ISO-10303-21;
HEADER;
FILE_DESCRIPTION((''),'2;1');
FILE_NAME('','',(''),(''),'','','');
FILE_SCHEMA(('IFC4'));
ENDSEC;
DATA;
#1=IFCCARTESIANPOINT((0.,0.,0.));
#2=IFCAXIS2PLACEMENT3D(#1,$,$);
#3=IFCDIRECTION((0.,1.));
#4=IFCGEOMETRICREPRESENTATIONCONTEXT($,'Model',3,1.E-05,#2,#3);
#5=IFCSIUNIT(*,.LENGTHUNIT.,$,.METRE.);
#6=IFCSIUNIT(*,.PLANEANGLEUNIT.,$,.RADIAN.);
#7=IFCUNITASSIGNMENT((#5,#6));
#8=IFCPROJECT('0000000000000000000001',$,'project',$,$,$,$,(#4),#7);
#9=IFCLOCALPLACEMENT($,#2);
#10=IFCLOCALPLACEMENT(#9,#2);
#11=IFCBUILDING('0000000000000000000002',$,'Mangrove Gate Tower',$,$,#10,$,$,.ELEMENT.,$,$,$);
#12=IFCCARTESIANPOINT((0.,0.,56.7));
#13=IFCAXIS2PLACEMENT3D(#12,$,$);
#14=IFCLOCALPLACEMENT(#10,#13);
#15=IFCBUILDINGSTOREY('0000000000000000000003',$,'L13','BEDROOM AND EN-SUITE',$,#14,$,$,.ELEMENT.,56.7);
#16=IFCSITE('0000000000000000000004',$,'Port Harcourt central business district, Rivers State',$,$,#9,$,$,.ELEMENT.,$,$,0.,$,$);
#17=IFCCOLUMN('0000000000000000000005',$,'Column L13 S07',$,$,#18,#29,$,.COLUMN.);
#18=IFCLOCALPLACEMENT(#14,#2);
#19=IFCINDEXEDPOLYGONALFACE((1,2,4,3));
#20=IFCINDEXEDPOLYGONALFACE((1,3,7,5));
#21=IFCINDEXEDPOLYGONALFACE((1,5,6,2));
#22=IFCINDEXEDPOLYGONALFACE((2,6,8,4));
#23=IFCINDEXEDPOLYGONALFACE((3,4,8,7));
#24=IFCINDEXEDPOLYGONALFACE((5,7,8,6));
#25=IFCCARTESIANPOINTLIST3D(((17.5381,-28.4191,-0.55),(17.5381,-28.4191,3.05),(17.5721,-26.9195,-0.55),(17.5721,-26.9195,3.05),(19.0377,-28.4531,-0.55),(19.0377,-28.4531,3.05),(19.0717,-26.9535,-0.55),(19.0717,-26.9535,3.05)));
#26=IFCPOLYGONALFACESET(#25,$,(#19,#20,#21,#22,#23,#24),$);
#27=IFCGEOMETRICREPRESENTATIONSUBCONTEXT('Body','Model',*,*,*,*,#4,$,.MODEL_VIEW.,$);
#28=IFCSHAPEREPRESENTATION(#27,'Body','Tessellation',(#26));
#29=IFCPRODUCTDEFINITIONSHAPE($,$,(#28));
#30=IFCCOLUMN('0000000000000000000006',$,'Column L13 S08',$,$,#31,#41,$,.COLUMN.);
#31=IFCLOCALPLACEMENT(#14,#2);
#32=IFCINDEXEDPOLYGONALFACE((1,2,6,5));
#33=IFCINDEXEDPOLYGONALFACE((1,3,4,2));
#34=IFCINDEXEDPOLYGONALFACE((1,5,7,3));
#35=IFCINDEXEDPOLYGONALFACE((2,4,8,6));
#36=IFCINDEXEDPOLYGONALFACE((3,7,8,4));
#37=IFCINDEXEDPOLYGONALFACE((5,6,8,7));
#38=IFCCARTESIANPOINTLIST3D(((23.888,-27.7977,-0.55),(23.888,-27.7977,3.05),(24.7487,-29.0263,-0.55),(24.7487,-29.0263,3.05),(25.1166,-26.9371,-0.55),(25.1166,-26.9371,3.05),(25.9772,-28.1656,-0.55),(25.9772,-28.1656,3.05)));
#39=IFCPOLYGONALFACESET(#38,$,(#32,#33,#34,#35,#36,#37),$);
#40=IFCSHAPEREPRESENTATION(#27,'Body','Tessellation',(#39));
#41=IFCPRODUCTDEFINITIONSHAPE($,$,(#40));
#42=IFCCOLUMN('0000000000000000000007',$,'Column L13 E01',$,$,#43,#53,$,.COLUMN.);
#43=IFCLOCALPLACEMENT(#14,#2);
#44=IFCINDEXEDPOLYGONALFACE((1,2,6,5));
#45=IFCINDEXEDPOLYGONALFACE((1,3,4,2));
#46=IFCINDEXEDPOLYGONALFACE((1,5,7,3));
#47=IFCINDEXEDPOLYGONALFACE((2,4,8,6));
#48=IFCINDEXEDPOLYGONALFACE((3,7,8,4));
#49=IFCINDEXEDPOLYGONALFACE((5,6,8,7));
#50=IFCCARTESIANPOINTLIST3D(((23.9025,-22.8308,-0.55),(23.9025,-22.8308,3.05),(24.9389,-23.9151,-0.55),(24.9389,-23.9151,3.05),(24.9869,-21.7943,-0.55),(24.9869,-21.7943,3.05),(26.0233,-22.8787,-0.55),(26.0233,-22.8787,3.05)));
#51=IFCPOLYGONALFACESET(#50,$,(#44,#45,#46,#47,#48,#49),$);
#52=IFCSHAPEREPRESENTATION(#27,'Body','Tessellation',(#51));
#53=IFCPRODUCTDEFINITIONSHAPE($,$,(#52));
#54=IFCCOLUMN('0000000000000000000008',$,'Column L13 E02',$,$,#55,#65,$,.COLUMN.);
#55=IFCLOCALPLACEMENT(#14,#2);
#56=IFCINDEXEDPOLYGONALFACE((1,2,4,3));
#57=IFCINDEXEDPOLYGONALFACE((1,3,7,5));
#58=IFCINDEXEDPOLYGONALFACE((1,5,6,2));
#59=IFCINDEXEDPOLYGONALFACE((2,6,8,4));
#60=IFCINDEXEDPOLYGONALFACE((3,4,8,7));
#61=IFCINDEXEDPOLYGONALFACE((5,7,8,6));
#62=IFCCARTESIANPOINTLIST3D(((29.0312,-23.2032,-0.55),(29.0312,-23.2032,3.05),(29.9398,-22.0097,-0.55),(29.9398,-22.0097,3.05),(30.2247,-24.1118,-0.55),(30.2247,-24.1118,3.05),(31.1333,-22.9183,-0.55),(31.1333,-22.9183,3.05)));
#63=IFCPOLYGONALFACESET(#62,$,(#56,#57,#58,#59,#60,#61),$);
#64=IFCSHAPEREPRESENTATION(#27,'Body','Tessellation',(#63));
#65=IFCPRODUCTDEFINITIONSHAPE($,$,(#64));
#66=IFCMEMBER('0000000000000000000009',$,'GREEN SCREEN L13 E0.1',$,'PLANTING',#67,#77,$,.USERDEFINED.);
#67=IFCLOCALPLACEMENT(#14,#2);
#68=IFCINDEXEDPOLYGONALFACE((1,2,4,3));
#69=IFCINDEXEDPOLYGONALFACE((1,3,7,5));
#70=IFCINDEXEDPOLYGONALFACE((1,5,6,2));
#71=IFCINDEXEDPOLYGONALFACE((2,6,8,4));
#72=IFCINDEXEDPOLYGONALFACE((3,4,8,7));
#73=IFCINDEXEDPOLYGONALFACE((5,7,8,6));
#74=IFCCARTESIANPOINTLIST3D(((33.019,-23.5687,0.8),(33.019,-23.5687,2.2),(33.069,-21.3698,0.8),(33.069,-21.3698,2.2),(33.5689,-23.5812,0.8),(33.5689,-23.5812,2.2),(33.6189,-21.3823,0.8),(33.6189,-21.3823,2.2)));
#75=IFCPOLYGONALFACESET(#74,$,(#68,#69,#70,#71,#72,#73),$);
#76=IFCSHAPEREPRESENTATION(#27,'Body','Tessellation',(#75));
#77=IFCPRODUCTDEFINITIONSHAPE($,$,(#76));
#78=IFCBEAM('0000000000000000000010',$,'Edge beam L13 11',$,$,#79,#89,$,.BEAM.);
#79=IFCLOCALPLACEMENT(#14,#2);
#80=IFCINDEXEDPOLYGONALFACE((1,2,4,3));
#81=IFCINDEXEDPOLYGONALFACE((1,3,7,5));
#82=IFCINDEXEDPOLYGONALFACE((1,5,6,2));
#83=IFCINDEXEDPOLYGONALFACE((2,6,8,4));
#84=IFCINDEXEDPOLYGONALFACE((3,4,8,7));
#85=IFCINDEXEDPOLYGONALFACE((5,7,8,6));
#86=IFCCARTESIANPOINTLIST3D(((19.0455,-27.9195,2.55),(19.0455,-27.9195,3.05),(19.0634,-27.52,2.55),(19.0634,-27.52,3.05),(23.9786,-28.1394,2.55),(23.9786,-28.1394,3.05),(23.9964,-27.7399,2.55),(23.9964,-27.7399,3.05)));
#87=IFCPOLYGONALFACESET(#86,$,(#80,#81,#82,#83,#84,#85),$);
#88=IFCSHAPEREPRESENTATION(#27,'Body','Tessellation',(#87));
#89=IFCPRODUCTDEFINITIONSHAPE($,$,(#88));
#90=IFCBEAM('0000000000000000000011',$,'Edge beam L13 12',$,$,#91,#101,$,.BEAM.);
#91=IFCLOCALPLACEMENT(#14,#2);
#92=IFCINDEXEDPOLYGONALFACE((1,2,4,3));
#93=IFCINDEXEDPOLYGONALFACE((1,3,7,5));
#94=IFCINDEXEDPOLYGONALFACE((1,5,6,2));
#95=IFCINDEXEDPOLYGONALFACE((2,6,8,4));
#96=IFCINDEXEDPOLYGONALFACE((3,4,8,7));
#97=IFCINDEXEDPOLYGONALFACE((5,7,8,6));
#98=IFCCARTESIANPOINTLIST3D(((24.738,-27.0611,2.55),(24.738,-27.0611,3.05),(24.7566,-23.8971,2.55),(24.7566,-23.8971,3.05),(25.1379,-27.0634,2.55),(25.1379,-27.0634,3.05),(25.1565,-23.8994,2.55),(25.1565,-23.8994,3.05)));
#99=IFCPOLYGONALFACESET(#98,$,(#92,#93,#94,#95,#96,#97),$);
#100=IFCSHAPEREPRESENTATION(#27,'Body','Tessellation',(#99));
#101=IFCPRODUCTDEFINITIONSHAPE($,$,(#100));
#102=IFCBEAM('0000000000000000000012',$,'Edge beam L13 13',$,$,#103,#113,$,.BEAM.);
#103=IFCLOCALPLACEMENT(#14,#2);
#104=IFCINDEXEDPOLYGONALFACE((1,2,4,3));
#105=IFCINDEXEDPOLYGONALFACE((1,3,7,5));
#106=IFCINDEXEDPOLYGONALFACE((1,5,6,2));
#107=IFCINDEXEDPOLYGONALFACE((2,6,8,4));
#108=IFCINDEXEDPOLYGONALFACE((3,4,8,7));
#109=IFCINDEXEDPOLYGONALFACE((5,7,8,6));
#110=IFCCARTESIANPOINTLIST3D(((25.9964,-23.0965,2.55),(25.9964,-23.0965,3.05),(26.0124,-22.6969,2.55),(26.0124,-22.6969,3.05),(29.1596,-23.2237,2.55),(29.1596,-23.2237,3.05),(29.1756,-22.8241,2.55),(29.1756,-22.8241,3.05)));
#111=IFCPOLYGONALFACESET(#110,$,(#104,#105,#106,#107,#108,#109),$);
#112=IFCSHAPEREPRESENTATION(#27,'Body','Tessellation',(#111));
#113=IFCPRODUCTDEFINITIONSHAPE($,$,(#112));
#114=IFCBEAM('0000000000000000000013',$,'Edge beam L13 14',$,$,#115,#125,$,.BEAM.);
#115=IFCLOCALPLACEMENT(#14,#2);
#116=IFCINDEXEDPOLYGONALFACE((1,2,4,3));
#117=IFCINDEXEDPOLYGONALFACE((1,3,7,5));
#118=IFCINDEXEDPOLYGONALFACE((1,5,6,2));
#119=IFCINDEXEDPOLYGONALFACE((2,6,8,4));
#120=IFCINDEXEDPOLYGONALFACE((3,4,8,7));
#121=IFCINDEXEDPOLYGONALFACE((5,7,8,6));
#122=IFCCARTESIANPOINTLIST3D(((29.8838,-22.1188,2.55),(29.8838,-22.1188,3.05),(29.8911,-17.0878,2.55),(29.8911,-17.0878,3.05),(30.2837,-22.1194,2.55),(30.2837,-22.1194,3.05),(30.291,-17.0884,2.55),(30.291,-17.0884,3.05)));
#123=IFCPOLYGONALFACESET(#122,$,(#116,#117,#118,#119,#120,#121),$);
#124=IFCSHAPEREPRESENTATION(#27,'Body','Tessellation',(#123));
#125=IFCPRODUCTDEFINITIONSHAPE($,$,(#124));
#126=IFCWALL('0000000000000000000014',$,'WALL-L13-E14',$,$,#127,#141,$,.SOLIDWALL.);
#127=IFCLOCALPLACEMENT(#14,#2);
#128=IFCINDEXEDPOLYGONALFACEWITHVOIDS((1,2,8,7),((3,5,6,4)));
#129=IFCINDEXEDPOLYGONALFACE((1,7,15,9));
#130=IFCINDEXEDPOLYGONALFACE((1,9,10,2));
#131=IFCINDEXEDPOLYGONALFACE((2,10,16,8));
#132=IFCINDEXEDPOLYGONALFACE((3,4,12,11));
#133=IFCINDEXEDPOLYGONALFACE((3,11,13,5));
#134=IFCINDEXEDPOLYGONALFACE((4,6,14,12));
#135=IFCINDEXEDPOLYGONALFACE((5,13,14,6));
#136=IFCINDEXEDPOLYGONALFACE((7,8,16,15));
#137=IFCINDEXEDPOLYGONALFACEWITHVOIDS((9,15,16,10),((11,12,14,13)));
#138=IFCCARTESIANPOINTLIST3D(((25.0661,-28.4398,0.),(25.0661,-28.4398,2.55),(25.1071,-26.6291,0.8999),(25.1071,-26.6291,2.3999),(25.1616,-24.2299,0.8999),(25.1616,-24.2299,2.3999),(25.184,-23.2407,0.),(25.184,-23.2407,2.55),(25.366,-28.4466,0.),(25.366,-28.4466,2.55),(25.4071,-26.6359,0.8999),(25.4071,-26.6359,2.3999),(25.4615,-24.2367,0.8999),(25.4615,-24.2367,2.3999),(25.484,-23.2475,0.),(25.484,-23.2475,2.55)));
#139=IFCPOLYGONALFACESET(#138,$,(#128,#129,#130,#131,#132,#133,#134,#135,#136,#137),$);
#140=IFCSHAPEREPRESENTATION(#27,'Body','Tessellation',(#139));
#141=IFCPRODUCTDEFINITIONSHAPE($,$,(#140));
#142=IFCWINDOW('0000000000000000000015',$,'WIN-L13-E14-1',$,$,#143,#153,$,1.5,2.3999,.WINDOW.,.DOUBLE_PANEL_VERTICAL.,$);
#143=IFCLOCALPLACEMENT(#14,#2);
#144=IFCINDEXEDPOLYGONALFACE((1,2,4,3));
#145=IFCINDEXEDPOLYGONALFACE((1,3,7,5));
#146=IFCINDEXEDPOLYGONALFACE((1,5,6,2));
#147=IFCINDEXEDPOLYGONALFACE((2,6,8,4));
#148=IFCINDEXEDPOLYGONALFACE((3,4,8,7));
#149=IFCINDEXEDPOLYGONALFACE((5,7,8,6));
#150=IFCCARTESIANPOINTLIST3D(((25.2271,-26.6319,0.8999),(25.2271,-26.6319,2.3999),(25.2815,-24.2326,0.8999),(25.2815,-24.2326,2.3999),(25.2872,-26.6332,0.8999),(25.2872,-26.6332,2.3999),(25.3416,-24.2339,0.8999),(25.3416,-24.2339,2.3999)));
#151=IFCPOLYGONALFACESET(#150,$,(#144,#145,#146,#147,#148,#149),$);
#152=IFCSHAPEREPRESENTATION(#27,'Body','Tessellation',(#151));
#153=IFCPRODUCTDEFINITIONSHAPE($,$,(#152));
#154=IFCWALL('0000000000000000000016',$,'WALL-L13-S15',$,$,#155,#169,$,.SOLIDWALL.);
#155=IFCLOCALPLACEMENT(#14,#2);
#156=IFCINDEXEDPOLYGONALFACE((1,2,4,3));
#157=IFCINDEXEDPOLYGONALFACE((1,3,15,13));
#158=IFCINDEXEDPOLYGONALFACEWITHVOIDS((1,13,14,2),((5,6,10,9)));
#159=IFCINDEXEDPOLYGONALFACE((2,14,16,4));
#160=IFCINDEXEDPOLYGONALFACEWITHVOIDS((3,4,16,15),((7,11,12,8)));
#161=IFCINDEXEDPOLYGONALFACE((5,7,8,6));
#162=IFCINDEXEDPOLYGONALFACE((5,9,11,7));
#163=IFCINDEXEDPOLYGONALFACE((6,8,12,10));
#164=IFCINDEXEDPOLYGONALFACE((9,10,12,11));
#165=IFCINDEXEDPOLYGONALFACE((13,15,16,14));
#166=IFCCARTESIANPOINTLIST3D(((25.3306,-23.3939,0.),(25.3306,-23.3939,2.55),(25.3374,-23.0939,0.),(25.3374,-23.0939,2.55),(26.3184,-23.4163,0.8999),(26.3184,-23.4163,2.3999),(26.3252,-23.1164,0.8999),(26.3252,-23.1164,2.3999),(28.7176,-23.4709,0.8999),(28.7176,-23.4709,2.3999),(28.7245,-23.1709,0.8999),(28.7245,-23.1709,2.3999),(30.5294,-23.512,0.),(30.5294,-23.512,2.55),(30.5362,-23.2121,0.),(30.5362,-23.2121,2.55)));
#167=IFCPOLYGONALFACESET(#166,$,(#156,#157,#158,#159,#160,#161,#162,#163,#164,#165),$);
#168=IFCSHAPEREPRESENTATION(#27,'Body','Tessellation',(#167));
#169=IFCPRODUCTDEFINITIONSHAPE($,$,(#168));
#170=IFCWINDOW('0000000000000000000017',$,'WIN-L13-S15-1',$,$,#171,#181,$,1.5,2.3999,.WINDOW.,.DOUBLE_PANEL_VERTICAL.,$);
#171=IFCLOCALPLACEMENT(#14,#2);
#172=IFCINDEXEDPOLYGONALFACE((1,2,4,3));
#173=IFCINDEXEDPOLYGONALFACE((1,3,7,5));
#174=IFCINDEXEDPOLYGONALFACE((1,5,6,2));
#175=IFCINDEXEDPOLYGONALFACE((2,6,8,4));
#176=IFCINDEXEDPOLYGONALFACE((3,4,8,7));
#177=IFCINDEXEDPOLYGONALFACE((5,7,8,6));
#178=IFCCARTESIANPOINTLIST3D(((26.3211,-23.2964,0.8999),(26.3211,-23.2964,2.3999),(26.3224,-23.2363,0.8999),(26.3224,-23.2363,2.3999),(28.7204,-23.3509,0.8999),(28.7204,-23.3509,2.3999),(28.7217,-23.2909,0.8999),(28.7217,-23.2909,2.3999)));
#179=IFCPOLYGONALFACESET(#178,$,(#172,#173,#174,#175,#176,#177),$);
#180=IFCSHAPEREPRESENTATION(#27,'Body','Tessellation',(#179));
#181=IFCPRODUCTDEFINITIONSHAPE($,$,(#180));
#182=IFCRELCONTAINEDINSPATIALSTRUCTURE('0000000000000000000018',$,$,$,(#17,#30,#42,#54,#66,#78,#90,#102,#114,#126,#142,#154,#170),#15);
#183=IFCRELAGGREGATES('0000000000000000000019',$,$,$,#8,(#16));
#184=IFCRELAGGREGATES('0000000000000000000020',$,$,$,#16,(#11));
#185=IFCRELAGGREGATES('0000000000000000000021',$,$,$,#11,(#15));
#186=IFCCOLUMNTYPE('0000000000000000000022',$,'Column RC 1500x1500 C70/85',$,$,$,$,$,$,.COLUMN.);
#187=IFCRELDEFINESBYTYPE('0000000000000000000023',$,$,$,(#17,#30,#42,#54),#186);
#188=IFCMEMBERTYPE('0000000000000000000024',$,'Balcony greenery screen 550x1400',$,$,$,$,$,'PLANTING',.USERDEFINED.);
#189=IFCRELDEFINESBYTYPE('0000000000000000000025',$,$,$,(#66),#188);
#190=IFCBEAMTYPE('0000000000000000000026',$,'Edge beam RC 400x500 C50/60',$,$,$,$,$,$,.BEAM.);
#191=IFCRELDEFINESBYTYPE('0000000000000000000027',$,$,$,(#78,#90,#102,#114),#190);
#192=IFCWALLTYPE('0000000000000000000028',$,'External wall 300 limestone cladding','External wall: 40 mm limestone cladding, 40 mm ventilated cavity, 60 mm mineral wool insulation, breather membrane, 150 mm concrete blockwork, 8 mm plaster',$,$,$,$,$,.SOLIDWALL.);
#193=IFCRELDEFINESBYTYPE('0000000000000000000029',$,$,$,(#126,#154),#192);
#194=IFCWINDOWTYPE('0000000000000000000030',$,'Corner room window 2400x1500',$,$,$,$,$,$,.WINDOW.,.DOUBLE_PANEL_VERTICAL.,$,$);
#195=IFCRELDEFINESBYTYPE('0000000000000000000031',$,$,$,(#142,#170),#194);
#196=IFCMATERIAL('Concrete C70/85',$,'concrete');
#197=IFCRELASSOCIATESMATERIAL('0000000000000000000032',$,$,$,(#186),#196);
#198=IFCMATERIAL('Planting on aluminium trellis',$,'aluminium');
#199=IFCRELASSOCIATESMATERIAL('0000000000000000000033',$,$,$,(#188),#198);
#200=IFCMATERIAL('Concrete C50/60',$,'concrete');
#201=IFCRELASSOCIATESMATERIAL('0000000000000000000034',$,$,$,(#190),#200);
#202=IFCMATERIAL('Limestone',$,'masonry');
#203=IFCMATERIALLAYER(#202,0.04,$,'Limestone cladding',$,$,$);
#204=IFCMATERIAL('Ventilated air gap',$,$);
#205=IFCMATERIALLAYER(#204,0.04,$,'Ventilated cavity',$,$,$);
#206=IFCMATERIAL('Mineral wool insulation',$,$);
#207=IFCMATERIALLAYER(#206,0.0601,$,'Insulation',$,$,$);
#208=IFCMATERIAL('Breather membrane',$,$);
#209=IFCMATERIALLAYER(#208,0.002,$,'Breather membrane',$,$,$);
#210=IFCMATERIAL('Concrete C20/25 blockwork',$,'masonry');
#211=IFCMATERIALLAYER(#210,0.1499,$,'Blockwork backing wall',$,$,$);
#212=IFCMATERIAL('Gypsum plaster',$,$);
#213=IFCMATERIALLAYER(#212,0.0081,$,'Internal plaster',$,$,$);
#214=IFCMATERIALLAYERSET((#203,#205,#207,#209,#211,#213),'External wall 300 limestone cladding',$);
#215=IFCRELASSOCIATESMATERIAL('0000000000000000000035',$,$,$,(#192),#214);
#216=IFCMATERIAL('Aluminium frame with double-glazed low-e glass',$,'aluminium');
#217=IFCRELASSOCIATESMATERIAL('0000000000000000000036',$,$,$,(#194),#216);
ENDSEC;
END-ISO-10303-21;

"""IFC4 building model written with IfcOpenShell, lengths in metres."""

from ifc_helpers import new_model, si_unit, direction, frame, frame_2d, origin, origin_2d, place, context, subcontext, project, spatial, rectangle, extrude, material, layer, layer_set, material_profile, profile_set, type_object, element, fill, save


model = new_model("IFC4")

# Units and contexts
model_context = context("Model", 3, precision=1e-05, world=origin(), true_north=direction((0.0, 1.0)))
body_context = subcontext(model_context, "Body", "Model", "MODEL_VIEW")
ifc_project = project(units=[si_unit("LENGTHUNIT", "METRE"), si_unit("PLANEANGLEUNIT", "RADIAN")], contexts=[model_context])

# Site, building, storey
site_placement = place(None, origin())
site = spatial("IfcSite", under=ifc_project, at=site_placement, Name="Port Harcourt central business district, Rivers State", CompositionType="ELEMENT", RefElevation=0.0)
building_placement = place(site_placement, origin())
building = spatial("IfcBuilding", under=site, at=building_placement, Name="Mangrove Gate Tower", CompositionType="ELEMENT")
storey_placement = place(building_placement, frame((0.0, 0.0, 56.7)))
storey = spatial("IfcBuildingStorey", under=building, at=storey_placement, Name="L13", Description="BEDROOM AND EN-SUITE", CompositionType="ELEMENT", Elevation=56.7)

# Columns
ifc_material_1 = material(Name="Concrete C70/85", Category="concrete")
ifc_material_profile_1 = material_profile(ifc_material_1, rectangle(XDim=1.5, YDim=1.5, at=origin_2d()))
ifc_profile_set_1 = profile_set([ifc_material_profile_1], Name="Concrete C70/85")
column_type = type_object("IfcColumnType", Name="Column RC 1500x1500 C70/85", PredefinedType="COLUMN", material=ifc_profile_set_1)
for number, where, z_axis, x_axis, name in (
    (1, (18.3049, -27.6863, -0.55), (0.0, 0.0, 1.0), (0.999743, -0.02268, 0.0), "Column L13 S07"),
    (2, (24.9326, -27.9817, -0.55), (0.0, 0.0, 1.0), (0.819023, 0.57376, 0.0), "Column L13 S08"),
    (3, (24.9629, -22.8547, -0.55), (0.0, 0.0, 1.0), (0.722905, 0.690948, 0.0), "Column L13 E01"),
    (4, (30.0823, -23.0608, -0.55), (0.0, 0.0, 1.0), (0.605733, 0.795668, 0.0), "Column L13 E02"),
):
    element("IfcColumn", number, at=place(storey_placement, frame(where, z_axis=z_axis, x_axis=x_axis)), inside=storey, type_object=column_type, Name=name, PredefinedType="COLUMN", context=body_context, shape_type="SweptSolid", body=[
        extrude(rectangle(XDim=1.5, YDim=1.5, at=origin_2d()), origin(), (0.0, 0.0, 1.0), 3.6001),
    ])

# Member
ifc_material_2 = material(Name="Planting on aluminium trellis", Category="aluminium")
ifc_material_profile_2 = material_profile(ifc_material_2, rectangle(XDim=0.55, YDim=1.3999, at=origin_2d()))
ifc_profile_set_2 = profile_set([ifc_material_profile_2], Name="Planting on aluminium trellis")
member_type = type_object("IfcMemberType", Name="Balcony greenery screen 550x1400", ElementType="PLANTING", PredefinedType="USERDEFINED", material=ifc_profile_set_2)
member_placement = place(storey_placement, frame((33.2939, -23.575, 1.5), z_axis=(0.022754, 0.999741, 0.0), x_axis=(-0.999741, 0.022754, 0.0)))
element("IfcMember", 5, at=member_placement, inside=storey, type_object=member_type, Name="GREEN SCREEN L13 E0.1", ObjectType="PLANTING", PredefinedType="USERDEFINED", context=body_context, shape_type="SweptSolid", body=[
    extrude(rectangle(XDim=0.55, YDim=1.3999, at=origin_2d()), origin(), (0.0, 0.0, 1.0), 2.1995),
])

# Beams
ifc_material_3 = material(Name="Concrete C50/60", Category="concrete")
ifc_material_profile_3 = material_profile(ifc_material_3, rectangle(XDim=0.3999, YDim=0.5, at=origin_2d()))
ifc_profile_set_3 = profile_set([ifc_material_profile_3], Name="Concrete C50/60")
beam_type = type_object("IfcBeamType", Name="Edge beam RC 400x500 C50/60", PredefinedType="BEAM", material=ifc_profile_set_3)
beam_1_placement = place(storey_placement, frame((19.0544, -27.7197, 2.8), z_axis=(0.999007, -0.044546, 0.0), x_axis=(0.044546, 0.999007, 0.0)))
element("IfcBeam", 6, at=beam_1_placement, inside=storey, type_object=beam_type, Name="Edge beam L13 11", PredefinedType="BEAM", context=body_context, shape_type="SweptSolid", body=[
    extrude(rectangle(XDim=0.3999, YDim=0.5, at=origin_2d()), origin(), (0.0, 0.0, 1.0), 4.938),
])
beam_2_placement = place(storey_placement, frame((24.938, -27.0623, 2.8), z_axis=(0.005864, 0.999983, 0.0), x_axis=(-0.999983, 0.005864, 0.0)))
element("IfcBeam", 7, at=beam_2_placement, inside=storey, type_object=beam_type, Name="Edge beam L13 12", PredefinedType="BEAM", context=body_context, shape_type="SweptSolid", body=[
    extrude(rectangle(XDim=0.3999, YDim=0.5, at=origin_2d()), origin(), (0.0, 0.0, 1.0), 3.1641),
])
beam_3_placement = place(storey_placement, frame((26.0044, -22.8967, 2.8), z_axis=(0.999193, -0.040177, 0.0), x_axis=(0.040177, 0.999193, 0.0)))
element("IfcBeam", 8, at=beam_3_placement, inside=storey, type_object=beam_type, Name="Edge beam L13 13", PredefinedType="BEAM", context=body_context, shape_type="SweptSolid", body=[
    extrude(rectangle(XDim=0.3999, YDim=0.5, at=origin_2d()), origin(), (0.0, 0.0, 1.0), 3.1658),
])
beam_4_placement = place(storey_placement, frame((30.0837, -22.1191, 2.8), z_axis=(0.001456, 0.999999, 0.0), x_axis=(-0.999999, 0.001456, 0.0)))
element("IfcBeam", 9, at=beam_4_placement, inside=storey, type_object=beam_type, Name="Edge beam L13 14", PredefinedType="BEAM", context=body_context, shape_type="SweptSolid", body=[
    extrude(rectangle(XDim=0.3999, YDim=0.5, at=origin_2d()), origin(), (0.0, 0.0, 1.0), 5.031),
])

# Shared definitions
ifc_material_4 = material(Name="Limestone", Category="masonry")
ifc_layer_1 = layer(ifc_material_4, 0.04, Name="Limestone cladding")
ifc_material_5 = material(Name="Ventilated air gap")
ifc_layer_2 = layer(ifc_material_5, 0.04, Name="Ventilated cavity")
ifc_material_6 = material(Name="Mineral wool insulation")
ifc_layer_3 = layer(ifc_material_6, 0.0601, Name="Insulation")
ifc_material_7 = material(Name="Breather membrane")
ifc_layer_4 = layer(ifc_material_7, 0.002, Name="Breather membrane")
ifc_material_8 = material(Name="Concrete C20/25 blockwork", Category="masonry")
ifc_layer_5 = layer(ifc_material_8, 0.1499, Name="Blockwork backing wall")
ifc_material_9 = material(Name="Gypsum plaster")
ifc_layer_6 = layer(ifc_material_9, 0.0081, Name="Internal plaster")
ifc_layer_set_1 = layer_set([ifc_layer_1, ifc_layer_2, ifc_layer_3, ifc_layer_4, ifc_layer_5, ifc_layer_6], Name="External wall 300 limestone cladding")
wall_type_1 = type_object("IfcWallType", Name="External wall 300 limestone cladding", Description="External wall: 40 mm limestone cladding, 40 mm ventilated cavity, 60 mm mineral wool insulation, breather membrane, 150 mm concrete blockwork, 8 mm plaster", PredefinedType="SOLIDWALL", material=ifc_layer_set_1)
ifc_material_10 = material(Name="Aluminium frame with double-glazed low-e glass", Category="aluminium")
window_type = type_object("IfcWindowType", Name="Corner room window 2400x1500", PartitioningType="DOUBLE_PANEL_VERTICAL", PredefinedType="WINDOW", material=ifc_material_10)

# Walls, openings, windows
wall_1_placement = place(storey_placement, frame((25.2161, -28.4431, 0.0), z_axis=(0.0, 0.0, 1.0), x_axis=(0.022674, 0.999743, 0.0)))
wall_1 = element("IfcWall", 10, at=wall_1_placement, inside=storey, type_object=wall_type_1, Name="WALL-L13-E14", PredefinedType="SOLIDWALL", context=body_context, shape_type="SweptSolid", body=[
    extrude(rectangle(XDim=5.2004, YDim=0.3, at=frame_2d((2.6001, 0.0))), origin(), (0.0, 0.0, 1.0), 2.55),
])
opening_1_placement = place(wall_1_placement, frame((1.811, 0.0, 0.8999)))
opening_1 = element("IfcOpeningElement", 11, at=opening_1_placement, cuts=wall_1, PredefinedType="OPENING", context=body_context, shape_type="SweptSolid", body=[
    extrude(rectangle(XDim=2.3999, YDim=1.5, at=frame_2d((1.2, 0.75))), frame((0.0, 0.1599, 0.0), z_axis=(0.0, -1.0, 0.0), x_axis=(1.0, 0.0, 0.0)), (0.0, 0.0, 1.0), 0.3201),
])
window_1_placement = place(opening_1_placement, origin())
window_1 = element("IfcWindow", 12, at=window_1_placement, inside=storey, type_object=window_type, Name="WIN-L13-E14-1", OverallHeight=1.5, OverallWidth=2.3999, PartitioningType="DOUBLE_PANEL_VERTICAL", PredefinedType="WINDOW", context=body_context, shape_type="SweptSolid", body=[
    extrude(rectangle(XDim=2.3999, YDim=1.5, at=frame_2d((1.2, 0.75))), frame((0.0, 0.03, 0.0), z_axis=(0.0, -1.0, 0.0), x_axis=(1.0, 0.0, 0.0)), (0.0, 0.0, 1.0), 0.0601),
])
fill(opening_1, window_1)
wall_2_placement = place(storey_placement, frame((25.334, -23.2439, 0.0), z_axis=(0.0, 0.0, 1.0), x_axis=(0.999742, -0.022722, 0.0)))
wall_2 = element("IfcWall", 13, at=wall_2_placement, inside=storey, type_object=wall_type_1, Name="WALL-L13-S15", PredefinedType="SOLIDWALL", context=body_context, shape_type="SweptSolid", body=[
    extrude(rectangle(XDim=5.2002, YDim=0.3, at=frame_2d((2.6001, 0.0))), origin(), (0.0, 0.0, 1.0), 2.55),
])
opening_2_placement = place(wall_2_placement, frame((0.988, 0.0, 0.8999)))
opening_2 = element("IfcOpeningElement", 14, at=opening_2_placement, cuts=wall_2, PredefinedType="OPENING", context=body_context, shape_type="SweptSolid", body=[
    extrude(rectangle(XDim=2.3999, YDim=1.5, at=frame_2d((1.2, 0.75))), frame((0.0, 0.1599, 0.0), z_axis=(0.0, -1.0, 0.0), x_axis=(1.0, 0.0, 0.0)), (0.0, 0.0, 1.0), 0.3201),
])
window_2_placement = place(opening_2_placement, origin())
window_2 = element("IfcWindow", 15, at=window_2_placement, inside=storey, type_object=window_type, Name="WIN-L13-S15-1", OverallHeight=1.5, OverallWidth=2.3999, PartitioningType="DOUBLE_PANEL_VERTICAL", PredefinedType="WINDOW", context=body_context, shape_type="SweptSolid", body=[
    extrude(rectangle(XDim=2.3999, YDim=1.5, at=frame_2d((1.2, 0.75))), frame((0.0, 0.03, 0.0), z_axis=(0.0, -1.0, 0.0), x_axis=(1.0, 0.0, 0.0)), (0.0, 0.0, 1.0), 0.0601),
])
fill(opening_2, window_2)

save(model, "model.ifc")
